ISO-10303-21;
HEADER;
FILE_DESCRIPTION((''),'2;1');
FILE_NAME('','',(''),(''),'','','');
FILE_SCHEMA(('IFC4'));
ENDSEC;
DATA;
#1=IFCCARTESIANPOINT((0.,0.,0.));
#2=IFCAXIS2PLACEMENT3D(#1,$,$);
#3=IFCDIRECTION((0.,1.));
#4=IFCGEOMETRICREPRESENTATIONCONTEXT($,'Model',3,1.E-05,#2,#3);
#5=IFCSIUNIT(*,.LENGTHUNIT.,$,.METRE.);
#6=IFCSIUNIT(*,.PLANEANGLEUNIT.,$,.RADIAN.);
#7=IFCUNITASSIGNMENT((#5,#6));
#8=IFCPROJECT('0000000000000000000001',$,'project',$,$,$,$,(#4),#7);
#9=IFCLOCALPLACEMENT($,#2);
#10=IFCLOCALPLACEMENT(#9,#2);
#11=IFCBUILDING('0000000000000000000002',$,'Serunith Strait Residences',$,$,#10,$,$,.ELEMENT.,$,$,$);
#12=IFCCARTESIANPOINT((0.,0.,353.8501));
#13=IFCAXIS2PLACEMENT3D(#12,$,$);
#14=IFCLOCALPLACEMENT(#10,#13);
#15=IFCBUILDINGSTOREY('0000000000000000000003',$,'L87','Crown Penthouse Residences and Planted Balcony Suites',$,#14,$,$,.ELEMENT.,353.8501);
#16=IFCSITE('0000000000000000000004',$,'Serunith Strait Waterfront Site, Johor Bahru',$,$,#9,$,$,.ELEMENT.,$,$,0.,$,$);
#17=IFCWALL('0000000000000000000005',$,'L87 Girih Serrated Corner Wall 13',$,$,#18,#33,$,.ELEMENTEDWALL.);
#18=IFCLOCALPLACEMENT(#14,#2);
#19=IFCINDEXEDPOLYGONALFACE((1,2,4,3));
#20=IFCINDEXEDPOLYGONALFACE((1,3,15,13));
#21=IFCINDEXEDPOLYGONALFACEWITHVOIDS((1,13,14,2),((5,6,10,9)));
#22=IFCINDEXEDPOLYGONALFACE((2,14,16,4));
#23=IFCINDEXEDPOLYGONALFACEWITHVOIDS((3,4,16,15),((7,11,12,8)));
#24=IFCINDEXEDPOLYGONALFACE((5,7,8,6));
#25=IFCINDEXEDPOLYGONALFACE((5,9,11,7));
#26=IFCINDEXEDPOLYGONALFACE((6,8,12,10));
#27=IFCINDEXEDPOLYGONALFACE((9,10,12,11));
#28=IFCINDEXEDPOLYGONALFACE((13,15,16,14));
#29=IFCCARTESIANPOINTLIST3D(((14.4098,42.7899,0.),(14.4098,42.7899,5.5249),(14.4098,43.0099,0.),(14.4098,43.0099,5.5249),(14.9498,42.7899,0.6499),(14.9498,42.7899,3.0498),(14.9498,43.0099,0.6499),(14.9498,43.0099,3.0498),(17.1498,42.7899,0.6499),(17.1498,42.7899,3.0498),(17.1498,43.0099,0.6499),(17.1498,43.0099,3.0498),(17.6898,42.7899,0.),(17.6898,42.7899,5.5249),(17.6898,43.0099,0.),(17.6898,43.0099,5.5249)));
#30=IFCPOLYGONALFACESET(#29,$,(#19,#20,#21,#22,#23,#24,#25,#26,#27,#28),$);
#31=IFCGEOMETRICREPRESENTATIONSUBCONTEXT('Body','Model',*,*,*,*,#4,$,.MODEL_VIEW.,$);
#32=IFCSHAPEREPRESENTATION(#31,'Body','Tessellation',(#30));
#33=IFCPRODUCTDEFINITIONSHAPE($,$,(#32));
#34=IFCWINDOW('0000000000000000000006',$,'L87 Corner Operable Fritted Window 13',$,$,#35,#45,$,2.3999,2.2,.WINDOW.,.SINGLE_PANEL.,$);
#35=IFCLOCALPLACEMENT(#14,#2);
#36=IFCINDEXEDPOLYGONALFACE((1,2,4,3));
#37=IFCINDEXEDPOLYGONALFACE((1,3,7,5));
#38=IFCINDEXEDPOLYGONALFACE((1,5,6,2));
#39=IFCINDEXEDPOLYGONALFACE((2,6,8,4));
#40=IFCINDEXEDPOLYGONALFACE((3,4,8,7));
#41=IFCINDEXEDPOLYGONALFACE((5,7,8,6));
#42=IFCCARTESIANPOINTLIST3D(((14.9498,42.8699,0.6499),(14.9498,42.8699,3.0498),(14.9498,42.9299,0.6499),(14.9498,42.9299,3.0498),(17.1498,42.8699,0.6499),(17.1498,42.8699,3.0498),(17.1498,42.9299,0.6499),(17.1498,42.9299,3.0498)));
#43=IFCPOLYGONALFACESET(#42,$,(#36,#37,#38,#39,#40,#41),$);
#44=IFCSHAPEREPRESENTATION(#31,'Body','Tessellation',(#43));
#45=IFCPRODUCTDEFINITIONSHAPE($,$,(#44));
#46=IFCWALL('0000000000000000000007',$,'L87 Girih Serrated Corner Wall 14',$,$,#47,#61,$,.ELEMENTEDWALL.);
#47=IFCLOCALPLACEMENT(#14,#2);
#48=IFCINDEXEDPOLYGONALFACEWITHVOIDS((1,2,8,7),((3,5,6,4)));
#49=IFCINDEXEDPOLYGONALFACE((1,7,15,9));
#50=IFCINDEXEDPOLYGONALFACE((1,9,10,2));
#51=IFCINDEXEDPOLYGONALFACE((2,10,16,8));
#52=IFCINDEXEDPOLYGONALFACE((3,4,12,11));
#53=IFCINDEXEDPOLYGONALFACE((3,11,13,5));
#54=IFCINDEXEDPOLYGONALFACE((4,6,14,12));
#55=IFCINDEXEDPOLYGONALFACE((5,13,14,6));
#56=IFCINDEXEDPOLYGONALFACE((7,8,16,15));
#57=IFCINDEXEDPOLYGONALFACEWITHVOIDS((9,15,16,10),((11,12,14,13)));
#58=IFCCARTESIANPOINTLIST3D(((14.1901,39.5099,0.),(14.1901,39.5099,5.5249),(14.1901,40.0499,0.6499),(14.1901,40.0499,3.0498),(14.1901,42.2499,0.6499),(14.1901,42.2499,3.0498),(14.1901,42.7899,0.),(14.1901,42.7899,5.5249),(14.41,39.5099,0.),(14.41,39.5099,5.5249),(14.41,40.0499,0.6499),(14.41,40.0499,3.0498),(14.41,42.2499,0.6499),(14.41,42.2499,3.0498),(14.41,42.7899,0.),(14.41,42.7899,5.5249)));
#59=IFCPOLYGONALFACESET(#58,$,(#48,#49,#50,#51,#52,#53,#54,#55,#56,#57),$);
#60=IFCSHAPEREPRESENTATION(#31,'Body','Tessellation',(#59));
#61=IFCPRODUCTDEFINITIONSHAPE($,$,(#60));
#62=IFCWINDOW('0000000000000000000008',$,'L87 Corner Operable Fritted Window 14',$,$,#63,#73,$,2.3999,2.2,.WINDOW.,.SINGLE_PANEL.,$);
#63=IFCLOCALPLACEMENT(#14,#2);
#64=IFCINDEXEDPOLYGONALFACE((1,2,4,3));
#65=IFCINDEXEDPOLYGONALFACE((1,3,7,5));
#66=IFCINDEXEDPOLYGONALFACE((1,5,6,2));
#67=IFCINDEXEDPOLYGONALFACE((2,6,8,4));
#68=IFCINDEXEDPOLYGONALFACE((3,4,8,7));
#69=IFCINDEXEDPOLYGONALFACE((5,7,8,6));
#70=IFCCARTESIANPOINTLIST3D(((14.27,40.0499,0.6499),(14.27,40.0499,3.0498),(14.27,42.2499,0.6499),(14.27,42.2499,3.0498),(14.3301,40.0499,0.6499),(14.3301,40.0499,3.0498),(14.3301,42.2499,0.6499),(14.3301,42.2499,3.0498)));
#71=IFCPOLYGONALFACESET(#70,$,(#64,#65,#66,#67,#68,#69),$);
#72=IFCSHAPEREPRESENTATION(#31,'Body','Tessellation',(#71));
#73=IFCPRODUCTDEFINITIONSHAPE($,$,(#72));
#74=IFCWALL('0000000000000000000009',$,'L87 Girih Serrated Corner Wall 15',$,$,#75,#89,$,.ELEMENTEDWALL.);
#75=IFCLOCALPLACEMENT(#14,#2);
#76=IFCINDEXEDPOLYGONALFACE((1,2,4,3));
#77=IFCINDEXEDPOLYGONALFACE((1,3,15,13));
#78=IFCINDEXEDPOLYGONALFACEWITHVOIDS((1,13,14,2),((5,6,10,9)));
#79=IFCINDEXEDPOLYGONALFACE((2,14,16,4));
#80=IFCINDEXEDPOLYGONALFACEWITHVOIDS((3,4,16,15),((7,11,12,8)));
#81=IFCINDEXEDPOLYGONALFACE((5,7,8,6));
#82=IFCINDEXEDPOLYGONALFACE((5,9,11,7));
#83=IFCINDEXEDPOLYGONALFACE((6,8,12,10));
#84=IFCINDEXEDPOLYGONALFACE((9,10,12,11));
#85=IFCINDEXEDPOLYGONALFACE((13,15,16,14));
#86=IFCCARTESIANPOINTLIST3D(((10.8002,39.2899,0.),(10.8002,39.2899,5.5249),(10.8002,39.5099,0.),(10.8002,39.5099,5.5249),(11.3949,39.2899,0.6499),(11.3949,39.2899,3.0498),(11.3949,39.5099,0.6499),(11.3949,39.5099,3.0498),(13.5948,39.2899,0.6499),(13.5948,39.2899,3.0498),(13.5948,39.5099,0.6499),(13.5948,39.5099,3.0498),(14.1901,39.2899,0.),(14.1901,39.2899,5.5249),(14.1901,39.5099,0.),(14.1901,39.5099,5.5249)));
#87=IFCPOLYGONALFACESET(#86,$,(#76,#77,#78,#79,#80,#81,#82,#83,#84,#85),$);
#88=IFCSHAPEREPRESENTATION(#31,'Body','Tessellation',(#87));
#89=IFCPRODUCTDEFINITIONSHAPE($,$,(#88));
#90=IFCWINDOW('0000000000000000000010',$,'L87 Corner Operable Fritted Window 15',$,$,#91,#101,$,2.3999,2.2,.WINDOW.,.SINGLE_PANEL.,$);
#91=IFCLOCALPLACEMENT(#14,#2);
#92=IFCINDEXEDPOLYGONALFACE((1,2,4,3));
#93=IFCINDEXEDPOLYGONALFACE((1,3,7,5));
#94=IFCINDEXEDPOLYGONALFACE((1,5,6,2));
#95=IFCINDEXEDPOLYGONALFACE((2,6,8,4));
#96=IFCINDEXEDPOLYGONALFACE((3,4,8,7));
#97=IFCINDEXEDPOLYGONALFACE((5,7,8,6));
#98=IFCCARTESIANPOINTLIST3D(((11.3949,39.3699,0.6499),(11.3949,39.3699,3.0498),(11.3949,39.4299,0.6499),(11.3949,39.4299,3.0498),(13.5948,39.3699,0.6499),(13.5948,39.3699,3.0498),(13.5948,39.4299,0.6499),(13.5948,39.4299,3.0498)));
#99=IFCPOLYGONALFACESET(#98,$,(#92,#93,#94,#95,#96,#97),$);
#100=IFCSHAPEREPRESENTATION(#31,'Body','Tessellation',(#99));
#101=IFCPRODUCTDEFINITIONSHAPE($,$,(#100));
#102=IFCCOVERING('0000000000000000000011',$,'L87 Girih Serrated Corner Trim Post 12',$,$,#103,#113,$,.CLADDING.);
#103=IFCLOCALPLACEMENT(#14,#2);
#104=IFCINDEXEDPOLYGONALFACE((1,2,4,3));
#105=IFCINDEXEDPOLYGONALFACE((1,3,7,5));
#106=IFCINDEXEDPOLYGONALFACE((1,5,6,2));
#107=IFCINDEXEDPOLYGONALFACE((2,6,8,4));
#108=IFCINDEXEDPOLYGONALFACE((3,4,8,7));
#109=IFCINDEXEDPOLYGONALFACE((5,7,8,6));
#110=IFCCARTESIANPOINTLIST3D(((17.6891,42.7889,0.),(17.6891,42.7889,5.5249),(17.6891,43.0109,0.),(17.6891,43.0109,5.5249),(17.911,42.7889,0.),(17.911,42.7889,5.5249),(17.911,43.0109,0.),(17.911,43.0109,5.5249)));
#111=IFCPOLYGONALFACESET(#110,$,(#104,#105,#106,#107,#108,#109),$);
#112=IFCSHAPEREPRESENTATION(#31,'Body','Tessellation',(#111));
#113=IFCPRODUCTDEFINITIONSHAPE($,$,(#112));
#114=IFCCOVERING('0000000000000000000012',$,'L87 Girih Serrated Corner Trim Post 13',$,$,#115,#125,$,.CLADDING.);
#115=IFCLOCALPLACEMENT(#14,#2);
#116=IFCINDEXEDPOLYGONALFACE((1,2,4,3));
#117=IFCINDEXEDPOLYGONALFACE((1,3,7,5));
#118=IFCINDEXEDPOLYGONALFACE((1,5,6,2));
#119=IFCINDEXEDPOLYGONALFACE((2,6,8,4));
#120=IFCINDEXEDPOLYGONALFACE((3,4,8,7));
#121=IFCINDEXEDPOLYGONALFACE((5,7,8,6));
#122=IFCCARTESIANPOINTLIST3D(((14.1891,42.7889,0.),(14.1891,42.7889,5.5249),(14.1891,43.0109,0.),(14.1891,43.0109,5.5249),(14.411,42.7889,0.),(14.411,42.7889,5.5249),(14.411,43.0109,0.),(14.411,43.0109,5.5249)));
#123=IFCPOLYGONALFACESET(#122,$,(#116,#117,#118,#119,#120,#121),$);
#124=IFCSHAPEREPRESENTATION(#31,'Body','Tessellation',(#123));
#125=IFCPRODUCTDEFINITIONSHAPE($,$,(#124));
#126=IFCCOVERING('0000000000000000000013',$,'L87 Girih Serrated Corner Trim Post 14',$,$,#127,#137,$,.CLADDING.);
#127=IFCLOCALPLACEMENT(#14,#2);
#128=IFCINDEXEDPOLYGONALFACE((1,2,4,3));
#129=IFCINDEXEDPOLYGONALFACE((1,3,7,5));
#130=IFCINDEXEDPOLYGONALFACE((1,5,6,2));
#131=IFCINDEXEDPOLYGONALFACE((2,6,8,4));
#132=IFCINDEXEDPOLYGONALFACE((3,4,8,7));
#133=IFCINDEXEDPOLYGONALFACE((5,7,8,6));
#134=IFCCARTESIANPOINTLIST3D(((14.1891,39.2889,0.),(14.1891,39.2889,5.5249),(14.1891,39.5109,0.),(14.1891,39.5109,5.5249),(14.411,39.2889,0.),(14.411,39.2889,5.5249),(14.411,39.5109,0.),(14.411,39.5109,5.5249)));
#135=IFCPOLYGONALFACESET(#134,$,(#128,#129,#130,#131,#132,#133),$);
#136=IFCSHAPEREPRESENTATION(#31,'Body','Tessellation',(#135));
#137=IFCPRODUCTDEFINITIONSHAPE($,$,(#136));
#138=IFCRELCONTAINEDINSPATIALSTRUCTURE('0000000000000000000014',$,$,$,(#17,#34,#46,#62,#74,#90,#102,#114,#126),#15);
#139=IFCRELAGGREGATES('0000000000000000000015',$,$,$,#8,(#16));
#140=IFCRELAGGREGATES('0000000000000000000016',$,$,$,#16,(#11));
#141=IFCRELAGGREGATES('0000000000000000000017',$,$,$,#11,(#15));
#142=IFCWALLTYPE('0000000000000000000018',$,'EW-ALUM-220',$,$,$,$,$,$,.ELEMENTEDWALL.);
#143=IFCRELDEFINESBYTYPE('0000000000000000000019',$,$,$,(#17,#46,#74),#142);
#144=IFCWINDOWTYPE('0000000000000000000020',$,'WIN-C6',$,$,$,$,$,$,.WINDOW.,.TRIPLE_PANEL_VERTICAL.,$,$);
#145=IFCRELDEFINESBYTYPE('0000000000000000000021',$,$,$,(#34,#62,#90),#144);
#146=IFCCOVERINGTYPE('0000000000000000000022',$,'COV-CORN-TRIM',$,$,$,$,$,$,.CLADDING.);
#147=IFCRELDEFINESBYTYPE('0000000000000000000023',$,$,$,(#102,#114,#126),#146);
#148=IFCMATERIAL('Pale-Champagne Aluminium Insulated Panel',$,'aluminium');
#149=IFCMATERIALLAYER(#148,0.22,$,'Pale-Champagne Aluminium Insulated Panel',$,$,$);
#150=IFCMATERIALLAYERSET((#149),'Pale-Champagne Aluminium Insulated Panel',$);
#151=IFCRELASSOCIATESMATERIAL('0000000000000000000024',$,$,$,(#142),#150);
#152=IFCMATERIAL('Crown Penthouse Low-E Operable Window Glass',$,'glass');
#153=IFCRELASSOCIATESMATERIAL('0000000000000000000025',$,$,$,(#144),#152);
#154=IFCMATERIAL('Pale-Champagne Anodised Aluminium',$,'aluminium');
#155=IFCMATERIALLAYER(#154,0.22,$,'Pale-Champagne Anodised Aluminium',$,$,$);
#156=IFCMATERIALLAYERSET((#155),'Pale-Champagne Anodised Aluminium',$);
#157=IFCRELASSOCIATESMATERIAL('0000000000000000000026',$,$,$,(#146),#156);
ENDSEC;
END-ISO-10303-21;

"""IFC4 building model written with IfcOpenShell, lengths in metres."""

from ifc_helpers import new_model, si_unit, direction, frame, frame_2d, origin, origin_2d, place, context, subcontext, project, spatial, rectangle, extrude, source, transform, mapped, material, layer, layer_set, type_object, element, fill, save


model = new_model("IFC4")

# Units and contexts
model_context = context("Model", 3, precision=1e-05, world=origin(), true_north=direction((0.0, 1.0)))
body_context = subcontext(model_context, "Body", "Model", "MODEL_VIEW")
ifc_project = project(units=[si_unit("LENGTHUNIT", "METRE"), si_unit("PLANEANGLEUNIT", "RADIAN")], contexts=[model_context])

# Site, building, storey
site_placement = place(None, origin())
site = spatial("IfcSite", under=ifc_project, at=site_placement, Name="Serunith Strait Waterfront Site, Johor Bahru", CompositionType="ELEMENT", RefElevation=0.0)
building_placement = place(site_placement, origin())
building = spatial("IfcBuilding", under=site, at=building_placement, Name="Serunith Strait Residences", CompositionType="ELEMENT")
storey_placement = place(building_placement, frame((0.0, 0.0, 353.8501)))
storey = spatial("IfcBuildingStorey", under=building, at=storey_placement, Name="L87", Description="Crown Penthouse Residences and Planted Balcony Suites", CompositionType="ELEMENT", Elevation=353.8501)

# Shared definitions
ifc_material_1 = material(Name="Pale-Champagne Aluminium Insulated Panel", Category="aluminium")
ifc_layer_1 = layer(ifc_material_1, 0.22, Name="Pale-Champagne Aluminium Insulated Panel")
ifc_layer_set_1 = layer_set([ifc_layer_1], Name="Pale-Champagne Aluminium Insulated Panel")
wall_type = type_object("IfcWallType", Name="EW-ALUM-220", PredefinedType="ELEMENTEDWALL", material=ifc_layer_set_1)

# Walls, openings, windows
wall_1_placement = place(storey_placement, frame((17.6899, 42.8999, 0.0), z_axis=(0.0, 0.0, 1.0), x_axis=(-1.0, 0.0, 0.0)))
wall_1 = element("IfcWall", 1, at=wall_1_placement, inside=storey, type_object=wall_type, Name="L87 Girih Serrated Corner Wall 13", PredefinedType="ELEMENTEDWALL", context=body_context, shape_type="SweptSolid", body=[
    extrude(rectangle(XDim=3.28, YDim=0.22, at=frame_2d((1.6401, 0.0))), origin(), (0.0, 0.0, 1.0), 5.5249),
])
opening_1_placement = place(wall_1_placement, frame((0.54, 0.0, 0.6499)))
opening_1 = element("IfcOpeningElement", 2, at=opening_1_placement, cuts=wall_1, PredefinedType="OPENING", context=body_context, shape_type="SweptSolid", body=[
    extrude(rectangle(XDim=2.2, YDim=2.3999, at=frame_2d((1.1001, 1.2))), frame((0.0, 0.1201, 0.0), z_axis=(0.0, -1.0, 0.0), x_axis=(1.0, 0.0, 0.0)), (0.0, 0.0, 1.0), 0.24),
])
ifc_material_2 = material(Name="Crown Penthouse Low-E Operable Window Glass", Category="glass")
window_type = type_object("IfcWindowType", Name="WIN-C6", PartitioningType="TRIPLE_PANEL_VERTICAL", PredefinedType="WINDOW", material=ifc_material_2)
shared_shape_1 = source(origin(), body_context, "Body", "SweptSolid", [
    extrude(rectangle(XDim=2.2, YDim=2.3999, at=frame_2d((1.1001, 1.2))), frame((0.0, 0.03, 0.0), z_axis=(0.0, -1.0, 0.0), x_axis=(1.0, 0.0, 0.0)), (0.0, 0.0, 1.0), 0.0601),
])
window_1_placement = place(opening_1_placement, origin())
window_1 = element("IfcWindow", 3, at=window_1_placement, inside=storey, type_object=window_type, Name="L87 Corner Operable Fritted Window 13", OverallHeight=2.3999, OverallWidth=2.2, PartitioningType="SINGLE_PANEL", PredefinedType="WINDOW", context=body_context, shape_type="MappedRepresentation", body=[
    mapped(shared_shape_1, transform((0.0, 0.0, 0.0), scale=1.0)),
])
fill(opening_1, window_1)
wall_2_placement = place(storey_placement, frame((14.3, 42.79, 0.0), z_axis=(0.0, 0.0, 1.0), x_axis=(0.0, -1.0, 0.0)))
wall_2 = element("IfcWall", 4, at=wall_2_placement, inside=storey, type_object=wall_type, Name="L87 Girih Serrated Corner Wall 14", PredefinedType="ELEMENTEDWALL", context=body_context, shape_type="SweptSolid", body=[
    extrude(rectangle(XDim=3.28, YDim=0.22, at=frame_2d((1.6401, 0.0))), origin(), (0.0, 0.0, 1.0), 5.5249),
])
opening_2_placement = place(wall_2_placement, frame((0.54, 0.0, 0.6499)))
opening_2 = element("IfcOpeningElement", 5, at=opening_2_placement, cuts=wall_2, PredefinedType="OPENING", context=body_context, shape_type="SweptSolid", body=[
    extrude(rectangle(XDim=2.2, YDim=2.3999, at=frame_2d((1.1001, 1.2))), frame((0.0, 0.1201, 0.0), z_axis=(0.0, -1.0, 0.0), x_axis=(1.0, 0.0, 0.0)), (0.0, 0.0, 1.0), 0.24),
])
window_2_placement = place(opening_2_placement, origin())
window_2 = element("IfcWindow", 6, at=window_2_placement, inside=storey, type_object=window_type, Name="L87 Corner Operable Fritted Window 14", OverallHeight=2.3999, OverallWidth=2.2, PartitioningType="SINGLE_PANEL", PredefinedType="WINDOW", context=body_context, shape_type="MappedRepresentation", body=[
    mapped(shared_shape_1, transform((0.0, 0.0, 0.0), scale=1.0)),
])
fill(opening_2, window_2)
wall_3_placement = place(storey_placement, frame((14.1899, 39.3999, 0.0), z_axis=(0.0, 0.0, 1.0), x_axis=(-1.0, 0.0, 0.0)))
wall_3 = element("IfcWall", 7, at=wall_3_placement, inside=storey, type_object=wall_type, Name="L87 Girih Serrated Corner Wall 15", PredefinedType="ELEMENTEDWALL", context=body_context, shape_type="SweptSolid", body=[
    extrude(rectangle(XDim=3.3899, YDim=0.22, at=frame_2d((1.6948, 0.0))), origin(), (0.0, 0.0, 1.0), 5.5249),
])
opening_3_placement = place(wall_3_placement, frame((0.595, 0.0, 0.6499)))
opening_3 = element("IfcOpeningElement", 8, at=opening_3_placement, cuts=wall_3, PredefinedType="OPENING", context=body_context, shape_type="SweptSolid", body=[
    extrude(rectangle(XDim=2.2, YDim=2.3999, at=frame_2d((1.1001, 1.2))), frame((0.0, 0.1201, 0.0), z_axis=(0.0, -1.0, 0.0), x_axis=(1.0, 0.0, 0.0)), (0.0, 0.0, 1.0), 0.24),
])
window_3_placement = place(opening_3_placement, origin())
window_3 = element("IfcWindow", 9, at=window_3_placement, inside=storey, type_object=window_type, Name="L87 Corner Operable Fritted Window 15", OverallHeight=2.3999, OverallWidth=2.2, PartitioningType="SINGLE_PANEL", PredefinedType="WINDOW", context=body_context, shape_type="MappedRepresentation", body=[
    mapped(shared_shape_1, transform((0.0, 0.0, 0.0), scale=1.0)),
])
fill(opening_3, window_3)

# Coverings
ifc_material_3 = material(Name="Pale-Champagne Anodised Aluminium", Category="aluminium")
ifc_layer_2 = layer(ifc_material_3, 0.22, Name="Pale-Champagne Anodised Aluminium")
ifc_layer_set_2 = layer_set([ifc_layer_2], Name="Pale-Champagne Anodised Aluminium")
covering_type = type_object("IfcCoveringType", Name="COV-CORN-TRIM", PredefinedType="CLADDING", material=ifc_layer_set_2)
shared_shape_2 = source(origin(), body_context, "Body", "SweptSolid", [
    extrude(rectangle(XDim=0.2219, YDim=0.2219, at=origin_2d()), origin(), (0.0, 0.0, 1.0), 5.5249),
])
for number, where, z_axis, x_axis, name in (
    (10, (17.8, 42.8999, 0.0), (0.0, 0.0, 1.0), (1.0, 0.0, 0.0), "L87 Girih Serrated Corner Trim Post 12"),
    (11, (14.3, 42.8999, 0.0), (0.0, 0.0, 1.0), (1.0, 0.0, 0.0), "L87 Girih Serrated Corner Trim Post 13"),
    (12, (14.3, 39.3999, 0.0), (0.0, 0.0, 1.0), (1.0, 0.0, 0.0), "L87 Girih Serrated Corner Trim Post 14"),
):
    element("IfcCovering", number, at=place(storey_placement, frame(where, z_axis=z_axis, x_axis=x_axis)), inside=storey, type_object=covering_type, Name=name, PredefinedType="CLADDING", context=body_context, shape_type="MappedRepresentation", body=[
        mapped(shared_shape_2, transform((0.0, 0.0, 0.0), scale=1.0)),
    ])

save(model, "model.ifc")
